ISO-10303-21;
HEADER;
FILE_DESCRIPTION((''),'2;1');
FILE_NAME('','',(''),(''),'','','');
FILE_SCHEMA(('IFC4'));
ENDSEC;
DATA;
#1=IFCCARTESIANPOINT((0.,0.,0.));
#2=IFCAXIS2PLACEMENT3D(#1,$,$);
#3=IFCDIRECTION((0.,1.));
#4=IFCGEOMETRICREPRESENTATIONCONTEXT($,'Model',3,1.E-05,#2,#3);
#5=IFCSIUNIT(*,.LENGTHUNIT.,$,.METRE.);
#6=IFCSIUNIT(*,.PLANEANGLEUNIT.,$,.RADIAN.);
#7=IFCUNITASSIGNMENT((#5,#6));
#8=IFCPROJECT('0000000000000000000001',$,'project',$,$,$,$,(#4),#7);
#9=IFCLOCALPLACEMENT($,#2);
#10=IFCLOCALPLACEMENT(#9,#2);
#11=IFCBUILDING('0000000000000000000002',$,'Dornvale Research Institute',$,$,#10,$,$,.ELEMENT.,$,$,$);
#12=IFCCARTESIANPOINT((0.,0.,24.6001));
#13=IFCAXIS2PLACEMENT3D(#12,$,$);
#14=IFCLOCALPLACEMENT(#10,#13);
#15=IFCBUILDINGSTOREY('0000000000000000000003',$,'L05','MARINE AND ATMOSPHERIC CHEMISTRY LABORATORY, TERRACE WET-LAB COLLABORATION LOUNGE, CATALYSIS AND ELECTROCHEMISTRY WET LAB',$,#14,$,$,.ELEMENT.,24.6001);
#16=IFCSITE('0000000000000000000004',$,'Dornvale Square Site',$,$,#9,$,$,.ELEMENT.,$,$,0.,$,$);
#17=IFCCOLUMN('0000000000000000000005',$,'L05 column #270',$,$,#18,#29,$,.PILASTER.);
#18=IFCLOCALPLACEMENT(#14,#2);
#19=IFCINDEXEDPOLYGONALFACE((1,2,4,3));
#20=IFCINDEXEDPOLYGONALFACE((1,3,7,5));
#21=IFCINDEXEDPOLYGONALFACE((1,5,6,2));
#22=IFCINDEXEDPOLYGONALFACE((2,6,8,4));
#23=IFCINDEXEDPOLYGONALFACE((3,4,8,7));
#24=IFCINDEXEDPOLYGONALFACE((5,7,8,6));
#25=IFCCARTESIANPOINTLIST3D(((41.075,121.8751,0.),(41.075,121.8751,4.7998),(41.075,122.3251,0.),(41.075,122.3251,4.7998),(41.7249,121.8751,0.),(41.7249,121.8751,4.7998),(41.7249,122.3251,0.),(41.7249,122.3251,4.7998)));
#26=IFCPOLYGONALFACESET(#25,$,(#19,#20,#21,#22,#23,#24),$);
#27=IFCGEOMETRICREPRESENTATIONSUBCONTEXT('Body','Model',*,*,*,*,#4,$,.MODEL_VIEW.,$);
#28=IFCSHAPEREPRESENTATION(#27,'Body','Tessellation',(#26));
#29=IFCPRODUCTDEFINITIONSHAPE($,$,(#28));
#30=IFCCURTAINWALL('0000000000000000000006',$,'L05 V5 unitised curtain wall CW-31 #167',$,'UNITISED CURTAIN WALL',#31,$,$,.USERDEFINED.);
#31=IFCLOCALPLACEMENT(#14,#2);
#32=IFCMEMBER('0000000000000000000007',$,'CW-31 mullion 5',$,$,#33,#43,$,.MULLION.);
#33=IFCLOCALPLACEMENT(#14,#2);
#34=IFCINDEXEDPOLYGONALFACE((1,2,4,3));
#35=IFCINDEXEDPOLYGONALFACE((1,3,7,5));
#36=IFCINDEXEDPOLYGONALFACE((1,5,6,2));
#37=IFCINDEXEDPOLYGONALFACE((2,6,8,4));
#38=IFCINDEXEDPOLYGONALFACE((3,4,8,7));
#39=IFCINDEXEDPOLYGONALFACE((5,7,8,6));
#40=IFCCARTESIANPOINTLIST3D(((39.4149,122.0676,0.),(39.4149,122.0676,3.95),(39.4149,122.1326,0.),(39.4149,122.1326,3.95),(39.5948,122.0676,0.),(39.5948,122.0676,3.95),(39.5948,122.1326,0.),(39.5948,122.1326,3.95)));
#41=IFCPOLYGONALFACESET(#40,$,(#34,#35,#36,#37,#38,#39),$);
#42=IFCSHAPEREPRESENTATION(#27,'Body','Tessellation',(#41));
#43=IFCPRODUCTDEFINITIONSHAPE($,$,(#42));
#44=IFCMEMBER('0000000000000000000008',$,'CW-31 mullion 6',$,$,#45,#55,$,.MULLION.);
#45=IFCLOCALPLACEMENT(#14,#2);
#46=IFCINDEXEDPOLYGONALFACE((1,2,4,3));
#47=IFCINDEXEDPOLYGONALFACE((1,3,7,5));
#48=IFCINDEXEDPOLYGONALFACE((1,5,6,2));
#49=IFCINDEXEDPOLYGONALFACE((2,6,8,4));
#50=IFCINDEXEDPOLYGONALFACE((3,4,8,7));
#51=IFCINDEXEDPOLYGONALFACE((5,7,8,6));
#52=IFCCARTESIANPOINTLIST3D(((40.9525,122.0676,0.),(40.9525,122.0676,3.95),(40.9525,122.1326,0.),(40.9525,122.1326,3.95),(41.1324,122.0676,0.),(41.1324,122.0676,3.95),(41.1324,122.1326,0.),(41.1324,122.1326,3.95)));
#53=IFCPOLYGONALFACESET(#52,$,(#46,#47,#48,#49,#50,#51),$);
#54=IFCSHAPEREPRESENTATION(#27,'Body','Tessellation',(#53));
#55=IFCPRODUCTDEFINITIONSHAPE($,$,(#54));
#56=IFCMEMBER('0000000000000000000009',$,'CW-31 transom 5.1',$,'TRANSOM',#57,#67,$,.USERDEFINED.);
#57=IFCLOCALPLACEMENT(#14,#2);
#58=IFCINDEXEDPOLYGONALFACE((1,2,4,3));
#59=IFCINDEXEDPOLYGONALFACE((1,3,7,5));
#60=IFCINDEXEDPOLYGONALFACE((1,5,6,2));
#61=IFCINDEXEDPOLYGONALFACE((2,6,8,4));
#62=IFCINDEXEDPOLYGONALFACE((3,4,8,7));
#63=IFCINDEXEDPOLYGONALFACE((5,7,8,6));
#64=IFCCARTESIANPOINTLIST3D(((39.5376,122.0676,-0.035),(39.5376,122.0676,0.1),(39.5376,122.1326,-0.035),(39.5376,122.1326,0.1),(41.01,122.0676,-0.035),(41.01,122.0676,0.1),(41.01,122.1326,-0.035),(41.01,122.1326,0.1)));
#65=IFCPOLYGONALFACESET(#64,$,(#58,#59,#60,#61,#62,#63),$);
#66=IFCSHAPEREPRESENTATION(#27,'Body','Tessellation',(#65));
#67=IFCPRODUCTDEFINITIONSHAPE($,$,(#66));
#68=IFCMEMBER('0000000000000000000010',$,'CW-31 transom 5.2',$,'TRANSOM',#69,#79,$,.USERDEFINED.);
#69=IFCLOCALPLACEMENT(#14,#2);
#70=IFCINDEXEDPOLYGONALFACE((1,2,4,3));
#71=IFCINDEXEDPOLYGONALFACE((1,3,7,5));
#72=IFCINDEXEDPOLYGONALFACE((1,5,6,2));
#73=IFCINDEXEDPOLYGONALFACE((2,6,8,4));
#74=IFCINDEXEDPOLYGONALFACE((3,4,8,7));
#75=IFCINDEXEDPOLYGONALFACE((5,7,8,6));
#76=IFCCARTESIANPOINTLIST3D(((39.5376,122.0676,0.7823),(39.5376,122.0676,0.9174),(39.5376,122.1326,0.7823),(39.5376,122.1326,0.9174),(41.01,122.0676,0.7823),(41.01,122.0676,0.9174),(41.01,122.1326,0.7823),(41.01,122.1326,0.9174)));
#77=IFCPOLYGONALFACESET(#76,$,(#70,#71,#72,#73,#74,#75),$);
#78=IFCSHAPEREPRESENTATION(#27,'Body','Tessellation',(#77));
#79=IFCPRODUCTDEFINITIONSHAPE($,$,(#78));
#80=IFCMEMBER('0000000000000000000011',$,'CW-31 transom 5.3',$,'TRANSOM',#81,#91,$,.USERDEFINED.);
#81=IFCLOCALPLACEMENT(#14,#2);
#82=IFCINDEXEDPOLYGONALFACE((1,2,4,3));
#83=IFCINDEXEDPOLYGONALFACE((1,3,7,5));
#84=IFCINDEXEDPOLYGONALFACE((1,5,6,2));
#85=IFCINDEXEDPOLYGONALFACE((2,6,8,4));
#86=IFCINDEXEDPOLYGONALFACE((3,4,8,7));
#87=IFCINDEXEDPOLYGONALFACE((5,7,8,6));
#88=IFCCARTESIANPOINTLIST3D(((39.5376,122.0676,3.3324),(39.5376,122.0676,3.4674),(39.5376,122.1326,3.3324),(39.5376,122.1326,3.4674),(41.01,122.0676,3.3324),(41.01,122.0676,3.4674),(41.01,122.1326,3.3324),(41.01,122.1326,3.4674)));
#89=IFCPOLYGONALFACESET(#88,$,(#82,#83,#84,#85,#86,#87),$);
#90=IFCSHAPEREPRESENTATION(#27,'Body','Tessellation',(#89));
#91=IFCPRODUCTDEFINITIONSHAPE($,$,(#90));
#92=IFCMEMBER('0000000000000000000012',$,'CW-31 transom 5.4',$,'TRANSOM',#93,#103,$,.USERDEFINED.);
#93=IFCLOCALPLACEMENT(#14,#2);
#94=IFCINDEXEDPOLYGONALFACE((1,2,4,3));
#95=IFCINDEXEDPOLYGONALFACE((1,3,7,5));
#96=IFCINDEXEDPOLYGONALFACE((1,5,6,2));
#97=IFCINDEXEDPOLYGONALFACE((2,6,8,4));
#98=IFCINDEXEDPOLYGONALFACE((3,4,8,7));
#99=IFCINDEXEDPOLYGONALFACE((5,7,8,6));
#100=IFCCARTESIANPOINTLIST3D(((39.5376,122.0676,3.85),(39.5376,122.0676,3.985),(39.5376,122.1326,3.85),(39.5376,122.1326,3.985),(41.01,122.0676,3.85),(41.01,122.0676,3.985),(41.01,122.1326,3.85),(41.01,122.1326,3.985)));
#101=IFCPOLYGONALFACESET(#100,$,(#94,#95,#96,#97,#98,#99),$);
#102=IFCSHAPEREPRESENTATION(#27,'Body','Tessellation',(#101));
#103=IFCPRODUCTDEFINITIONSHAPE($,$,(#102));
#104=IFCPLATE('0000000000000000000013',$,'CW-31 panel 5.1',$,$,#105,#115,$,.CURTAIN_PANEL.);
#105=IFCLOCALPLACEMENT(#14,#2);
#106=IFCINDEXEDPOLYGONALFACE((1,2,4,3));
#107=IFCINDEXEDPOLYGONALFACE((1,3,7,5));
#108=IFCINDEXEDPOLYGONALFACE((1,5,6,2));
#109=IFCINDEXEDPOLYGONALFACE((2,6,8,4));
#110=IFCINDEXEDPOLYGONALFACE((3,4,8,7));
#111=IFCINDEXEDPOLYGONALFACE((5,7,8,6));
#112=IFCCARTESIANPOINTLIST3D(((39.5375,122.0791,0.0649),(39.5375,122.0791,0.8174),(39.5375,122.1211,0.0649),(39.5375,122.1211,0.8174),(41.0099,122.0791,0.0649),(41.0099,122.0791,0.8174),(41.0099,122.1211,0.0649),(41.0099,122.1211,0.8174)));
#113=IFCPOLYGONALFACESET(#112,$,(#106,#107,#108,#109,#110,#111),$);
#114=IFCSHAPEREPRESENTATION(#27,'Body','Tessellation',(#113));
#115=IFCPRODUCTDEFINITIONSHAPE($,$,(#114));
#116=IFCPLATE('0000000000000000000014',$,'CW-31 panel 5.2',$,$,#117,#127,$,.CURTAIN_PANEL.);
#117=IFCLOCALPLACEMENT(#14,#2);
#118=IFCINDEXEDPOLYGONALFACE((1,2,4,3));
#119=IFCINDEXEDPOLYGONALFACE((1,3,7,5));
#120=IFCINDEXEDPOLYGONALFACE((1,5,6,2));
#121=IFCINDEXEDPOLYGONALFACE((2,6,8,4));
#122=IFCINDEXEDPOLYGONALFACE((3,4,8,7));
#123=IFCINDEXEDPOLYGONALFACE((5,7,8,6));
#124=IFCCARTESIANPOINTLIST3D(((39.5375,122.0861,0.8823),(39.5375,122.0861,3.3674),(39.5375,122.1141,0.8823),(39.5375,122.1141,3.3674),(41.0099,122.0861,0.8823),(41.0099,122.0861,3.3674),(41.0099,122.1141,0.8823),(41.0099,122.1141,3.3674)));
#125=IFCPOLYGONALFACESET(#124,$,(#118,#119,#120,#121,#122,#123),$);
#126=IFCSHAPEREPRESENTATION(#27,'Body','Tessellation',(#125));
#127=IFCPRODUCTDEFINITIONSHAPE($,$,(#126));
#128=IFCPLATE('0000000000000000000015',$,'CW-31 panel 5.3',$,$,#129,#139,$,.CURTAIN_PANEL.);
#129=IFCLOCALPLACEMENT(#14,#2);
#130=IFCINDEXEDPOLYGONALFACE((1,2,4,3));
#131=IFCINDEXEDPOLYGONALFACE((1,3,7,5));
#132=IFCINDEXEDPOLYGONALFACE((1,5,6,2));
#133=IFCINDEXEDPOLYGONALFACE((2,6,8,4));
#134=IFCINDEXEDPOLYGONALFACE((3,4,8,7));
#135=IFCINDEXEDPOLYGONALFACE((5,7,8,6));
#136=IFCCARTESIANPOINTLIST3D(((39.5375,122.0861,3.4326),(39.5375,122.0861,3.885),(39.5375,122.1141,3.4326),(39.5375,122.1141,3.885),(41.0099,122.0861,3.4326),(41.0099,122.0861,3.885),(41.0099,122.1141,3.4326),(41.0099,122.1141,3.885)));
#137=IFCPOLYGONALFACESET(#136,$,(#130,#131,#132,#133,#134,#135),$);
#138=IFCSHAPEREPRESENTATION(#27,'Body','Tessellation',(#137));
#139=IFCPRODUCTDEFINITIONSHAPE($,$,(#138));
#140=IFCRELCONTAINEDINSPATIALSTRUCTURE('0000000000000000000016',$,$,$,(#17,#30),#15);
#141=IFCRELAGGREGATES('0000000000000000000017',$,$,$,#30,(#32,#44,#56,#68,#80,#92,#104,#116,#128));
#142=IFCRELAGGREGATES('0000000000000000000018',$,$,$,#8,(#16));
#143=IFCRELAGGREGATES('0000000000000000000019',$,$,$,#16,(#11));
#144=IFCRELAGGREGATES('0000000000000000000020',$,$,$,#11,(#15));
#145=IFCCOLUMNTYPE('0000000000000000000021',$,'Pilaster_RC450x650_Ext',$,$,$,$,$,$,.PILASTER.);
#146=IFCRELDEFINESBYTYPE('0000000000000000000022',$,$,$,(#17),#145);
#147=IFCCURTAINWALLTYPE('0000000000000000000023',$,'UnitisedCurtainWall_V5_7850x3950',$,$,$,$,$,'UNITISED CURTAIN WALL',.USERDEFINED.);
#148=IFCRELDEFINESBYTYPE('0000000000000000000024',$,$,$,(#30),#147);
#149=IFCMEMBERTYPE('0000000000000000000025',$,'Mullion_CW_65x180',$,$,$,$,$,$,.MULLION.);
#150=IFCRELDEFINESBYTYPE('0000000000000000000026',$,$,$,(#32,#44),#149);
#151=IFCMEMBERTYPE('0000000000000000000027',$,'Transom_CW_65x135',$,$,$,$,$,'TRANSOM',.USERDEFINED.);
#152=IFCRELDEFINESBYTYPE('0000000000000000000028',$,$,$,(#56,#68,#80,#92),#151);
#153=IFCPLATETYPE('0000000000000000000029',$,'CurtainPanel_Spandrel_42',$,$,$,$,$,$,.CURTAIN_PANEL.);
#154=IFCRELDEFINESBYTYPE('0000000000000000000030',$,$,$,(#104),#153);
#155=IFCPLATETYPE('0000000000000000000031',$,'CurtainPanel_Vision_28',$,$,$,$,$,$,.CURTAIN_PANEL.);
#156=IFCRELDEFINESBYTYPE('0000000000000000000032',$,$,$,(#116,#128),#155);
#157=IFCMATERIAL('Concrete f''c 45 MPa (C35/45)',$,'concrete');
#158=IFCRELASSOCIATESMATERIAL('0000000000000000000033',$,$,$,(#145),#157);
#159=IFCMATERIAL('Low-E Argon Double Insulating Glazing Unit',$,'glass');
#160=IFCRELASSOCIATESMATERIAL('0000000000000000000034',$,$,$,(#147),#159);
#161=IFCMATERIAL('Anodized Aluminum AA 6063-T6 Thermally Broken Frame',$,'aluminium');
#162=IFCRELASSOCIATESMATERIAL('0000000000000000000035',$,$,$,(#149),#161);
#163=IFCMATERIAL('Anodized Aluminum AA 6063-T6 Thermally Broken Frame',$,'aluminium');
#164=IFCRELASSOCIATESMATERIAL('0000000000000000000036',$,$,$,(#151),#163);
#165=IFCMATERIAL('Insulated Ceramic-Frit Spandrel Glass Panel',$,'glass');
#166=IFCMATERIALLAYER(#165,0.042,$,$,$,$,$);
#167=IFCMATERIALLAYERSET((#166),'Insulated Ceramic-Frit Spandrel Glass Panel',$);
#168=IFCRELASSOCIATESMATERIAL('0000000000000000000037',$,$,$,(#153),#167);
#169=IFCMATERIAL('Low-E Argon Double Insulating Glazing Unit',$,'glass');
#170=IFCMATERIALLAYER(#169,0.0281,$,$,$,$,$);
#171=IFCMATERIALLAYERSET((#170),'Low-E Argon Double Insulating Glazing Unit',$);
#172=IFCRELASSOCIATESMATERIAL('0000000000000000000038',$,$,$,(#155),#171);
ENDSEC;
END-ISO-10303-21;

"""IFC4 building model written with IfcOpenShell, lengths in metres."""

from ifc_helpers import new_model, si_unit, direction, frame, origin, origin_2d, place, context, subcontext, project, spatial, rectangle, extrude, material, layer, layer_set, material_profile, profile_set, type_object, element, aggregate, save


model = new_model("IFC4")

# Units and contexts
model_context = context("Model", 3, precision=1e-05, world=origin(), true_north=direction((0.0, 1.0)))
body_context = subcontext(model_context, "Body", "Model", "MODEL_VIEW")
ifc_project = project(units=[si_unit("LENGTHUNIT", "METRE"), si_unit("PLANEANGLEUNIT", "RADIAN")], contexts=[model_context])

# Site, building, storey
site_placement = place(None, origin())
site = spatial("IfcSite", under=ifc_project, at=site_placement, Name="Dornvale Square Site", CompositionType="ELEMENT", RefElevation=0.0)
building_placement = place(site_placement, origin())
building = spatial("IfcBuilding", under=site, at=building_placement, Name="Dornvale Research Institute", CompositionType="ELEMENT")
storey_placement = place(building_placement, frame((0.0, 0.0, 24.6001)))
storey = spatial("IfcBuildingStorey", under=building, at=storey_placement, Name="L05", Description="MARINE AND ATMOSPHERIC CHEMISTRY LABORATORY, TERRACE WET-LAB COLLABORATION LOUNGE, CATALYSIS AND ELECTROCHEMISTRY WET LAB", CompositionType="ELEMENT", Elevation=24.6001)

# Column
ifc_material_1 = material(Name="Concrete f'c 45 MPa (C35/45)", Category="concrete")
ifc_material_profile_1 = material_profile(ifc_material_1, rectangle(XDim=0.45, YDim=0.6499, at=origin_2d()), Name="RC 450x650")
ifc_profile_set_1 = profile_set([ifc_material_profile_1], Name="Concrete f'c 45 MPa (C35/45)")
column_type = type_object("IfcColumnType", Name="Pilaster_RC450x650_Ext", PredefinedType="PILASTER", material=ifc_profile_set_1)
column_placement = place(storey_placement, frame((41.3999, 122.1001, 0.0), z_axis=(0.0, 0.0, 1.0), x_axis=(0.0, 1.0, 0.0)))
element("IfcColumn", 1, at=column_placement, inside=storey, type_object=column_type, Name="L05 column #270", PredefinedType="PILASTER", context=body_context, shape_type="SweptSolid", body=[
    extrude(rectangle(XDim=0.45, YDim=0.6499, at=origin_2d()), origin(), (0.0, 0.0, 1.0), 4.7998),
])

# Curtain wall, members, plates
ifc_material_2 = material(Name="Low-E Argon Double Insulating Glazing Unit", Category="glass")
curtain_wall_type = type_object("IfcCurtainWallType", Name="UnitisedCurtainWall_V5_7850x3950", ElementType="UNITISED CURTAIN WALL", PredefinedType="USERDEFINED", material=ifc_material_2)
curtain_wall_placement = place(storey_placement, origin())
curtain_wall = element("IfcCurtainWall", 2, at=curtain_wall_placement, inside=storey, type_object=curtain_wall_type, Name="L05 V5 unitised curtain wall CW-31 #167", ObjectType="UNITISED CURTAIN WALL", PredefinedType="USERDEFINED")
ifc_material_3 = material(Name="Anodized Aluminum AA 6063-T6 Thermally Broken Frame", Category="aluminium")
ifc_material_profile_2 = material_profile(ifc_material_3, rectangle(XDim=0.0649, YDim=0.1799, at=origin_2d()), Name="ALU MULLION 65x180")
ifc_profile_set_2 = profile_set([ifc_material_profile_2], Name="Anodized Aluminum AA 6063-T6 Thermally Broken Frame")
member_type_1 = type_object("IfcMemberType", Name="Mullion_CW_65x180", PredefinedType="MULLION", material=ifc_profile_set_2)
member_1_placement = place(storey_placement, frame((39.5049, 122.1001, 0.0), z_axis=(0.0, 0.0, 1.0), x_axis=(0.0, 1.0, 0.0)))
member_1 = element("IfcMember", 3, at=member_1_placement, type_object=member_type_1, Name="CW-31 mullion 5", PredefinedType="MULLION", context=body_context, shape_type="SweptSolid", body=[
    extrude(rectangle(XDim=0.0649, YDim=0.1799, at=origin_2d()), origin(), (0.0, 0.0, 1.0), 3.95),
])
member_2_placement = place(storey_placement, frame((41.0425, 122.1001, 0.0), z_axis=(0.0, 0.0, 1.0), x_axis=(0.0, 1.0, 0.0)))
member_2 = element("IfcMember", 4, at=member_2_placement, type_object=member_type_1, Name="CW-31 mullion 6", PredefinedType="MULLION", context=body_context, shape_type="SweptSolid", body=[
    extrude(rectangle(XDim=0.0649, YDim=0.1799, at=origin_2d()), origin(), (0.0, 0.0, 1.0), 3.95),
])
ifc_material_4 = material(Name="Anodized Aluminum AA 6063-T6 Thermally Broken Frame", Category="aluminium")
ifc_material_profile_3 = material_profile(ifc_material_4, rectangle(XDim=0.0649, YDim=0.135, at=origin_2d()), Name="ALU TRANSOM 65x135")
ifc_profile_set_3 = profile_set([ifc_material_profile_3], Name="Anodized Aluminum AA 6063-T6 Thermally Broken Frame")
member_type_2 = type_object("IfcMemberType", Name="Transom_CW_65x135", ElementType="TRANSOM", PredefinedType="USERDEFINED", material=ifc_profile_set_3)
member_3_placement = place(storey_placement, frame((39.5376, 122.1001, 0.0325), z_axis=(1.0, 0.0, 0.0), x_axis=(0.0, 1.0, 0.0)))
member_3 = element("IfcMember", 5, at=member_3_placement, type_object=member_type_2, Name="CW-31 transom 5.1", ObjectType="TRANSOM", PredefinedType="USERDEFINED", context=body_context, shape_type="SweptSolid", body=[
    extrude(rectangle(XDim=0.0649, YDim=0.135, at=origin_2d()), origin(), (0.0, 0.0, 1.0), 1.4724),
])
member_4_placement = place(storey_placement, frame((39.5376, 122.1001, 0.8499), z_axis=(1.0, 0.0, 0.0), x_axis=(0.0, 1.0, 0.0)))
member_4 = element("IfcMember", 6, at=member_4_placement, type_object=member_type_2, Name="CW-31 transom 5.2", ObjectType="TRANSOM", PredefinedType="USERDEFINED", context=body_context, shape_type="SweptSolid", body=[
    extrude(rectangle(XDim=0.0649, YDim=0.135, at=origin_2d()), origin(), (0.0, 0.0, 1.0), 1.4724),
])
member_5_placement = place(storey_placement, frame((39.5376, 122.1001, 3.3999), z_axis=(1.0, 0.0, 0.0), x_axis=(0.0, 1.0, 0.0)))
member_5 = element("IfcMember", 7, at=member_5_placement, type_object=member_type_2, Name="CW-31 transom 5.3", ObjectType="TRANSOM", PredefinedType="USERDEFINED", context=body_context, shape_type="SweptSolid", body=[
    extrude(rectangle(XDim=0.0649, YDim=0.135, at=origin_2d()), origin(), (0.0, 0.0, 1.0), 1.4724),
])
member_6_placement = place(storey_placement, frame((39.5376, 122.1001, 3.9175), z_axis=(1.0, 0.0, 0.0), x_axis=(0.0, 1.0, 0.0)))
member_6 = element("IfcMember", 8, at=member_6_placement, type_object=member_type_2, Name="CW-31 transom 5.4", ObjectType="TRANSOM", PredefinedType="USERDEFINED", context=body_context, shape_type="SweptSolid", body=[
    extrude(rectangle(XDim=0.0649, YDim=0.135, at=origin_2d()), origin(), (0.0, 0.0, 1.0), 1.4724),
])
ifc_material_5 = material(Name="Insulated Ceramic-Frit Spandrel Glass Panel", Category="glass")
ifc_layer_1 = layer(ifc_material_5, 0.042)
ifc_layer_set_1 = layer_set([ifc_layer_1], Name="Insulated Ceramic-Frit Spandrel Glass Panel")
plate_type_1 = type_object("IfcPlateType", Name="CurtainPanel_Spandrel_42", PredefinedType="CURTAIN_PANEL", material=ifc_layer_set_1)
plate_1_placement = place(storey_placement, frame((40.2737, 122.1001, 0.0649), z_axis=(0.0, 0.0, 1.0), x_axis=(1.0, 0.0, 0.0)))
plate_1 = element("IfcPlate", 9, at=plate_1_placement, type_object=plate_type_1, Name="CW-31 panel 5.1", PredefinedType="CURTAIN_PANEL", context=body_context, shape_type="SweptSolid", body=[
    extrude(rectangle(XDim=1.4724, YDim=0.042, at=origin_2d()), origin(), (0.0, 0.0, 1.0), 0.7524),
])
ifc_material_6 = material(Name="Low-E Argon Double Insulating Glazing Unit", Category="glass")
ifc_layer_2 = layer(ifc_material_6, 0.0281)
ifc_layer_set_2 = layer_set([ifc_layer_2], Name="Low-E Argon Double Insulating Glazing Unit")
plate_type_2 = type_object("IfcPlateType", Name="CurtainPanel_Vision_28", PredefinedType="CURTAIN_PANEL", material=ifc_layer_set_2)
plate_2_placement = place(storey_placement, frame((40.2737, 122.1001, 0.8823), z_axis=(0.0, 0.0, 1.0), x_axis=(1.0, 0.0, 0.0)))
plate_2 = element("IfcPlate", 10, at=plate_2_placement, type_object=plate_type_2, Name="CW-31 panel 5.2", PredefinedType="CURTAIN_PANEL", context=body_context, shape_type="SweptSolid", body=[
    extrude(rectangle(XDim=1.4724, YDim=0.0281, at=origin_2d()), origin(), (0.0, 0.0, 1.0), 2.4851),
])
plate_3_placement = place(storey_placement, frame((40.2737, 122.1001, 3.4326), z_axis=(0.0, 0.0, 1.0), x_axis=(1.0, 0.0, 0.0)))
plate_3 = element("IfcPlate", 11, at=plate_3_placement, type_object=plate_type_2, Name="CW-31 panel 5.3", PredefinedType="CURTAIN_PANEL", context=body_context, shape_type="SweptSolid", body=[
    extrude(rectangle(XDim=1.4724, YDim=0.0281, at=origin_2d()), origin(), (0.0, 0.0, 1.0), 0.4524),
])
aggregate(curtain_wall, [member_1, member_2, member_3, member_4, member_5, member_6, plate_1, plate_2, plate_3])

save(model, "model.ifc")
